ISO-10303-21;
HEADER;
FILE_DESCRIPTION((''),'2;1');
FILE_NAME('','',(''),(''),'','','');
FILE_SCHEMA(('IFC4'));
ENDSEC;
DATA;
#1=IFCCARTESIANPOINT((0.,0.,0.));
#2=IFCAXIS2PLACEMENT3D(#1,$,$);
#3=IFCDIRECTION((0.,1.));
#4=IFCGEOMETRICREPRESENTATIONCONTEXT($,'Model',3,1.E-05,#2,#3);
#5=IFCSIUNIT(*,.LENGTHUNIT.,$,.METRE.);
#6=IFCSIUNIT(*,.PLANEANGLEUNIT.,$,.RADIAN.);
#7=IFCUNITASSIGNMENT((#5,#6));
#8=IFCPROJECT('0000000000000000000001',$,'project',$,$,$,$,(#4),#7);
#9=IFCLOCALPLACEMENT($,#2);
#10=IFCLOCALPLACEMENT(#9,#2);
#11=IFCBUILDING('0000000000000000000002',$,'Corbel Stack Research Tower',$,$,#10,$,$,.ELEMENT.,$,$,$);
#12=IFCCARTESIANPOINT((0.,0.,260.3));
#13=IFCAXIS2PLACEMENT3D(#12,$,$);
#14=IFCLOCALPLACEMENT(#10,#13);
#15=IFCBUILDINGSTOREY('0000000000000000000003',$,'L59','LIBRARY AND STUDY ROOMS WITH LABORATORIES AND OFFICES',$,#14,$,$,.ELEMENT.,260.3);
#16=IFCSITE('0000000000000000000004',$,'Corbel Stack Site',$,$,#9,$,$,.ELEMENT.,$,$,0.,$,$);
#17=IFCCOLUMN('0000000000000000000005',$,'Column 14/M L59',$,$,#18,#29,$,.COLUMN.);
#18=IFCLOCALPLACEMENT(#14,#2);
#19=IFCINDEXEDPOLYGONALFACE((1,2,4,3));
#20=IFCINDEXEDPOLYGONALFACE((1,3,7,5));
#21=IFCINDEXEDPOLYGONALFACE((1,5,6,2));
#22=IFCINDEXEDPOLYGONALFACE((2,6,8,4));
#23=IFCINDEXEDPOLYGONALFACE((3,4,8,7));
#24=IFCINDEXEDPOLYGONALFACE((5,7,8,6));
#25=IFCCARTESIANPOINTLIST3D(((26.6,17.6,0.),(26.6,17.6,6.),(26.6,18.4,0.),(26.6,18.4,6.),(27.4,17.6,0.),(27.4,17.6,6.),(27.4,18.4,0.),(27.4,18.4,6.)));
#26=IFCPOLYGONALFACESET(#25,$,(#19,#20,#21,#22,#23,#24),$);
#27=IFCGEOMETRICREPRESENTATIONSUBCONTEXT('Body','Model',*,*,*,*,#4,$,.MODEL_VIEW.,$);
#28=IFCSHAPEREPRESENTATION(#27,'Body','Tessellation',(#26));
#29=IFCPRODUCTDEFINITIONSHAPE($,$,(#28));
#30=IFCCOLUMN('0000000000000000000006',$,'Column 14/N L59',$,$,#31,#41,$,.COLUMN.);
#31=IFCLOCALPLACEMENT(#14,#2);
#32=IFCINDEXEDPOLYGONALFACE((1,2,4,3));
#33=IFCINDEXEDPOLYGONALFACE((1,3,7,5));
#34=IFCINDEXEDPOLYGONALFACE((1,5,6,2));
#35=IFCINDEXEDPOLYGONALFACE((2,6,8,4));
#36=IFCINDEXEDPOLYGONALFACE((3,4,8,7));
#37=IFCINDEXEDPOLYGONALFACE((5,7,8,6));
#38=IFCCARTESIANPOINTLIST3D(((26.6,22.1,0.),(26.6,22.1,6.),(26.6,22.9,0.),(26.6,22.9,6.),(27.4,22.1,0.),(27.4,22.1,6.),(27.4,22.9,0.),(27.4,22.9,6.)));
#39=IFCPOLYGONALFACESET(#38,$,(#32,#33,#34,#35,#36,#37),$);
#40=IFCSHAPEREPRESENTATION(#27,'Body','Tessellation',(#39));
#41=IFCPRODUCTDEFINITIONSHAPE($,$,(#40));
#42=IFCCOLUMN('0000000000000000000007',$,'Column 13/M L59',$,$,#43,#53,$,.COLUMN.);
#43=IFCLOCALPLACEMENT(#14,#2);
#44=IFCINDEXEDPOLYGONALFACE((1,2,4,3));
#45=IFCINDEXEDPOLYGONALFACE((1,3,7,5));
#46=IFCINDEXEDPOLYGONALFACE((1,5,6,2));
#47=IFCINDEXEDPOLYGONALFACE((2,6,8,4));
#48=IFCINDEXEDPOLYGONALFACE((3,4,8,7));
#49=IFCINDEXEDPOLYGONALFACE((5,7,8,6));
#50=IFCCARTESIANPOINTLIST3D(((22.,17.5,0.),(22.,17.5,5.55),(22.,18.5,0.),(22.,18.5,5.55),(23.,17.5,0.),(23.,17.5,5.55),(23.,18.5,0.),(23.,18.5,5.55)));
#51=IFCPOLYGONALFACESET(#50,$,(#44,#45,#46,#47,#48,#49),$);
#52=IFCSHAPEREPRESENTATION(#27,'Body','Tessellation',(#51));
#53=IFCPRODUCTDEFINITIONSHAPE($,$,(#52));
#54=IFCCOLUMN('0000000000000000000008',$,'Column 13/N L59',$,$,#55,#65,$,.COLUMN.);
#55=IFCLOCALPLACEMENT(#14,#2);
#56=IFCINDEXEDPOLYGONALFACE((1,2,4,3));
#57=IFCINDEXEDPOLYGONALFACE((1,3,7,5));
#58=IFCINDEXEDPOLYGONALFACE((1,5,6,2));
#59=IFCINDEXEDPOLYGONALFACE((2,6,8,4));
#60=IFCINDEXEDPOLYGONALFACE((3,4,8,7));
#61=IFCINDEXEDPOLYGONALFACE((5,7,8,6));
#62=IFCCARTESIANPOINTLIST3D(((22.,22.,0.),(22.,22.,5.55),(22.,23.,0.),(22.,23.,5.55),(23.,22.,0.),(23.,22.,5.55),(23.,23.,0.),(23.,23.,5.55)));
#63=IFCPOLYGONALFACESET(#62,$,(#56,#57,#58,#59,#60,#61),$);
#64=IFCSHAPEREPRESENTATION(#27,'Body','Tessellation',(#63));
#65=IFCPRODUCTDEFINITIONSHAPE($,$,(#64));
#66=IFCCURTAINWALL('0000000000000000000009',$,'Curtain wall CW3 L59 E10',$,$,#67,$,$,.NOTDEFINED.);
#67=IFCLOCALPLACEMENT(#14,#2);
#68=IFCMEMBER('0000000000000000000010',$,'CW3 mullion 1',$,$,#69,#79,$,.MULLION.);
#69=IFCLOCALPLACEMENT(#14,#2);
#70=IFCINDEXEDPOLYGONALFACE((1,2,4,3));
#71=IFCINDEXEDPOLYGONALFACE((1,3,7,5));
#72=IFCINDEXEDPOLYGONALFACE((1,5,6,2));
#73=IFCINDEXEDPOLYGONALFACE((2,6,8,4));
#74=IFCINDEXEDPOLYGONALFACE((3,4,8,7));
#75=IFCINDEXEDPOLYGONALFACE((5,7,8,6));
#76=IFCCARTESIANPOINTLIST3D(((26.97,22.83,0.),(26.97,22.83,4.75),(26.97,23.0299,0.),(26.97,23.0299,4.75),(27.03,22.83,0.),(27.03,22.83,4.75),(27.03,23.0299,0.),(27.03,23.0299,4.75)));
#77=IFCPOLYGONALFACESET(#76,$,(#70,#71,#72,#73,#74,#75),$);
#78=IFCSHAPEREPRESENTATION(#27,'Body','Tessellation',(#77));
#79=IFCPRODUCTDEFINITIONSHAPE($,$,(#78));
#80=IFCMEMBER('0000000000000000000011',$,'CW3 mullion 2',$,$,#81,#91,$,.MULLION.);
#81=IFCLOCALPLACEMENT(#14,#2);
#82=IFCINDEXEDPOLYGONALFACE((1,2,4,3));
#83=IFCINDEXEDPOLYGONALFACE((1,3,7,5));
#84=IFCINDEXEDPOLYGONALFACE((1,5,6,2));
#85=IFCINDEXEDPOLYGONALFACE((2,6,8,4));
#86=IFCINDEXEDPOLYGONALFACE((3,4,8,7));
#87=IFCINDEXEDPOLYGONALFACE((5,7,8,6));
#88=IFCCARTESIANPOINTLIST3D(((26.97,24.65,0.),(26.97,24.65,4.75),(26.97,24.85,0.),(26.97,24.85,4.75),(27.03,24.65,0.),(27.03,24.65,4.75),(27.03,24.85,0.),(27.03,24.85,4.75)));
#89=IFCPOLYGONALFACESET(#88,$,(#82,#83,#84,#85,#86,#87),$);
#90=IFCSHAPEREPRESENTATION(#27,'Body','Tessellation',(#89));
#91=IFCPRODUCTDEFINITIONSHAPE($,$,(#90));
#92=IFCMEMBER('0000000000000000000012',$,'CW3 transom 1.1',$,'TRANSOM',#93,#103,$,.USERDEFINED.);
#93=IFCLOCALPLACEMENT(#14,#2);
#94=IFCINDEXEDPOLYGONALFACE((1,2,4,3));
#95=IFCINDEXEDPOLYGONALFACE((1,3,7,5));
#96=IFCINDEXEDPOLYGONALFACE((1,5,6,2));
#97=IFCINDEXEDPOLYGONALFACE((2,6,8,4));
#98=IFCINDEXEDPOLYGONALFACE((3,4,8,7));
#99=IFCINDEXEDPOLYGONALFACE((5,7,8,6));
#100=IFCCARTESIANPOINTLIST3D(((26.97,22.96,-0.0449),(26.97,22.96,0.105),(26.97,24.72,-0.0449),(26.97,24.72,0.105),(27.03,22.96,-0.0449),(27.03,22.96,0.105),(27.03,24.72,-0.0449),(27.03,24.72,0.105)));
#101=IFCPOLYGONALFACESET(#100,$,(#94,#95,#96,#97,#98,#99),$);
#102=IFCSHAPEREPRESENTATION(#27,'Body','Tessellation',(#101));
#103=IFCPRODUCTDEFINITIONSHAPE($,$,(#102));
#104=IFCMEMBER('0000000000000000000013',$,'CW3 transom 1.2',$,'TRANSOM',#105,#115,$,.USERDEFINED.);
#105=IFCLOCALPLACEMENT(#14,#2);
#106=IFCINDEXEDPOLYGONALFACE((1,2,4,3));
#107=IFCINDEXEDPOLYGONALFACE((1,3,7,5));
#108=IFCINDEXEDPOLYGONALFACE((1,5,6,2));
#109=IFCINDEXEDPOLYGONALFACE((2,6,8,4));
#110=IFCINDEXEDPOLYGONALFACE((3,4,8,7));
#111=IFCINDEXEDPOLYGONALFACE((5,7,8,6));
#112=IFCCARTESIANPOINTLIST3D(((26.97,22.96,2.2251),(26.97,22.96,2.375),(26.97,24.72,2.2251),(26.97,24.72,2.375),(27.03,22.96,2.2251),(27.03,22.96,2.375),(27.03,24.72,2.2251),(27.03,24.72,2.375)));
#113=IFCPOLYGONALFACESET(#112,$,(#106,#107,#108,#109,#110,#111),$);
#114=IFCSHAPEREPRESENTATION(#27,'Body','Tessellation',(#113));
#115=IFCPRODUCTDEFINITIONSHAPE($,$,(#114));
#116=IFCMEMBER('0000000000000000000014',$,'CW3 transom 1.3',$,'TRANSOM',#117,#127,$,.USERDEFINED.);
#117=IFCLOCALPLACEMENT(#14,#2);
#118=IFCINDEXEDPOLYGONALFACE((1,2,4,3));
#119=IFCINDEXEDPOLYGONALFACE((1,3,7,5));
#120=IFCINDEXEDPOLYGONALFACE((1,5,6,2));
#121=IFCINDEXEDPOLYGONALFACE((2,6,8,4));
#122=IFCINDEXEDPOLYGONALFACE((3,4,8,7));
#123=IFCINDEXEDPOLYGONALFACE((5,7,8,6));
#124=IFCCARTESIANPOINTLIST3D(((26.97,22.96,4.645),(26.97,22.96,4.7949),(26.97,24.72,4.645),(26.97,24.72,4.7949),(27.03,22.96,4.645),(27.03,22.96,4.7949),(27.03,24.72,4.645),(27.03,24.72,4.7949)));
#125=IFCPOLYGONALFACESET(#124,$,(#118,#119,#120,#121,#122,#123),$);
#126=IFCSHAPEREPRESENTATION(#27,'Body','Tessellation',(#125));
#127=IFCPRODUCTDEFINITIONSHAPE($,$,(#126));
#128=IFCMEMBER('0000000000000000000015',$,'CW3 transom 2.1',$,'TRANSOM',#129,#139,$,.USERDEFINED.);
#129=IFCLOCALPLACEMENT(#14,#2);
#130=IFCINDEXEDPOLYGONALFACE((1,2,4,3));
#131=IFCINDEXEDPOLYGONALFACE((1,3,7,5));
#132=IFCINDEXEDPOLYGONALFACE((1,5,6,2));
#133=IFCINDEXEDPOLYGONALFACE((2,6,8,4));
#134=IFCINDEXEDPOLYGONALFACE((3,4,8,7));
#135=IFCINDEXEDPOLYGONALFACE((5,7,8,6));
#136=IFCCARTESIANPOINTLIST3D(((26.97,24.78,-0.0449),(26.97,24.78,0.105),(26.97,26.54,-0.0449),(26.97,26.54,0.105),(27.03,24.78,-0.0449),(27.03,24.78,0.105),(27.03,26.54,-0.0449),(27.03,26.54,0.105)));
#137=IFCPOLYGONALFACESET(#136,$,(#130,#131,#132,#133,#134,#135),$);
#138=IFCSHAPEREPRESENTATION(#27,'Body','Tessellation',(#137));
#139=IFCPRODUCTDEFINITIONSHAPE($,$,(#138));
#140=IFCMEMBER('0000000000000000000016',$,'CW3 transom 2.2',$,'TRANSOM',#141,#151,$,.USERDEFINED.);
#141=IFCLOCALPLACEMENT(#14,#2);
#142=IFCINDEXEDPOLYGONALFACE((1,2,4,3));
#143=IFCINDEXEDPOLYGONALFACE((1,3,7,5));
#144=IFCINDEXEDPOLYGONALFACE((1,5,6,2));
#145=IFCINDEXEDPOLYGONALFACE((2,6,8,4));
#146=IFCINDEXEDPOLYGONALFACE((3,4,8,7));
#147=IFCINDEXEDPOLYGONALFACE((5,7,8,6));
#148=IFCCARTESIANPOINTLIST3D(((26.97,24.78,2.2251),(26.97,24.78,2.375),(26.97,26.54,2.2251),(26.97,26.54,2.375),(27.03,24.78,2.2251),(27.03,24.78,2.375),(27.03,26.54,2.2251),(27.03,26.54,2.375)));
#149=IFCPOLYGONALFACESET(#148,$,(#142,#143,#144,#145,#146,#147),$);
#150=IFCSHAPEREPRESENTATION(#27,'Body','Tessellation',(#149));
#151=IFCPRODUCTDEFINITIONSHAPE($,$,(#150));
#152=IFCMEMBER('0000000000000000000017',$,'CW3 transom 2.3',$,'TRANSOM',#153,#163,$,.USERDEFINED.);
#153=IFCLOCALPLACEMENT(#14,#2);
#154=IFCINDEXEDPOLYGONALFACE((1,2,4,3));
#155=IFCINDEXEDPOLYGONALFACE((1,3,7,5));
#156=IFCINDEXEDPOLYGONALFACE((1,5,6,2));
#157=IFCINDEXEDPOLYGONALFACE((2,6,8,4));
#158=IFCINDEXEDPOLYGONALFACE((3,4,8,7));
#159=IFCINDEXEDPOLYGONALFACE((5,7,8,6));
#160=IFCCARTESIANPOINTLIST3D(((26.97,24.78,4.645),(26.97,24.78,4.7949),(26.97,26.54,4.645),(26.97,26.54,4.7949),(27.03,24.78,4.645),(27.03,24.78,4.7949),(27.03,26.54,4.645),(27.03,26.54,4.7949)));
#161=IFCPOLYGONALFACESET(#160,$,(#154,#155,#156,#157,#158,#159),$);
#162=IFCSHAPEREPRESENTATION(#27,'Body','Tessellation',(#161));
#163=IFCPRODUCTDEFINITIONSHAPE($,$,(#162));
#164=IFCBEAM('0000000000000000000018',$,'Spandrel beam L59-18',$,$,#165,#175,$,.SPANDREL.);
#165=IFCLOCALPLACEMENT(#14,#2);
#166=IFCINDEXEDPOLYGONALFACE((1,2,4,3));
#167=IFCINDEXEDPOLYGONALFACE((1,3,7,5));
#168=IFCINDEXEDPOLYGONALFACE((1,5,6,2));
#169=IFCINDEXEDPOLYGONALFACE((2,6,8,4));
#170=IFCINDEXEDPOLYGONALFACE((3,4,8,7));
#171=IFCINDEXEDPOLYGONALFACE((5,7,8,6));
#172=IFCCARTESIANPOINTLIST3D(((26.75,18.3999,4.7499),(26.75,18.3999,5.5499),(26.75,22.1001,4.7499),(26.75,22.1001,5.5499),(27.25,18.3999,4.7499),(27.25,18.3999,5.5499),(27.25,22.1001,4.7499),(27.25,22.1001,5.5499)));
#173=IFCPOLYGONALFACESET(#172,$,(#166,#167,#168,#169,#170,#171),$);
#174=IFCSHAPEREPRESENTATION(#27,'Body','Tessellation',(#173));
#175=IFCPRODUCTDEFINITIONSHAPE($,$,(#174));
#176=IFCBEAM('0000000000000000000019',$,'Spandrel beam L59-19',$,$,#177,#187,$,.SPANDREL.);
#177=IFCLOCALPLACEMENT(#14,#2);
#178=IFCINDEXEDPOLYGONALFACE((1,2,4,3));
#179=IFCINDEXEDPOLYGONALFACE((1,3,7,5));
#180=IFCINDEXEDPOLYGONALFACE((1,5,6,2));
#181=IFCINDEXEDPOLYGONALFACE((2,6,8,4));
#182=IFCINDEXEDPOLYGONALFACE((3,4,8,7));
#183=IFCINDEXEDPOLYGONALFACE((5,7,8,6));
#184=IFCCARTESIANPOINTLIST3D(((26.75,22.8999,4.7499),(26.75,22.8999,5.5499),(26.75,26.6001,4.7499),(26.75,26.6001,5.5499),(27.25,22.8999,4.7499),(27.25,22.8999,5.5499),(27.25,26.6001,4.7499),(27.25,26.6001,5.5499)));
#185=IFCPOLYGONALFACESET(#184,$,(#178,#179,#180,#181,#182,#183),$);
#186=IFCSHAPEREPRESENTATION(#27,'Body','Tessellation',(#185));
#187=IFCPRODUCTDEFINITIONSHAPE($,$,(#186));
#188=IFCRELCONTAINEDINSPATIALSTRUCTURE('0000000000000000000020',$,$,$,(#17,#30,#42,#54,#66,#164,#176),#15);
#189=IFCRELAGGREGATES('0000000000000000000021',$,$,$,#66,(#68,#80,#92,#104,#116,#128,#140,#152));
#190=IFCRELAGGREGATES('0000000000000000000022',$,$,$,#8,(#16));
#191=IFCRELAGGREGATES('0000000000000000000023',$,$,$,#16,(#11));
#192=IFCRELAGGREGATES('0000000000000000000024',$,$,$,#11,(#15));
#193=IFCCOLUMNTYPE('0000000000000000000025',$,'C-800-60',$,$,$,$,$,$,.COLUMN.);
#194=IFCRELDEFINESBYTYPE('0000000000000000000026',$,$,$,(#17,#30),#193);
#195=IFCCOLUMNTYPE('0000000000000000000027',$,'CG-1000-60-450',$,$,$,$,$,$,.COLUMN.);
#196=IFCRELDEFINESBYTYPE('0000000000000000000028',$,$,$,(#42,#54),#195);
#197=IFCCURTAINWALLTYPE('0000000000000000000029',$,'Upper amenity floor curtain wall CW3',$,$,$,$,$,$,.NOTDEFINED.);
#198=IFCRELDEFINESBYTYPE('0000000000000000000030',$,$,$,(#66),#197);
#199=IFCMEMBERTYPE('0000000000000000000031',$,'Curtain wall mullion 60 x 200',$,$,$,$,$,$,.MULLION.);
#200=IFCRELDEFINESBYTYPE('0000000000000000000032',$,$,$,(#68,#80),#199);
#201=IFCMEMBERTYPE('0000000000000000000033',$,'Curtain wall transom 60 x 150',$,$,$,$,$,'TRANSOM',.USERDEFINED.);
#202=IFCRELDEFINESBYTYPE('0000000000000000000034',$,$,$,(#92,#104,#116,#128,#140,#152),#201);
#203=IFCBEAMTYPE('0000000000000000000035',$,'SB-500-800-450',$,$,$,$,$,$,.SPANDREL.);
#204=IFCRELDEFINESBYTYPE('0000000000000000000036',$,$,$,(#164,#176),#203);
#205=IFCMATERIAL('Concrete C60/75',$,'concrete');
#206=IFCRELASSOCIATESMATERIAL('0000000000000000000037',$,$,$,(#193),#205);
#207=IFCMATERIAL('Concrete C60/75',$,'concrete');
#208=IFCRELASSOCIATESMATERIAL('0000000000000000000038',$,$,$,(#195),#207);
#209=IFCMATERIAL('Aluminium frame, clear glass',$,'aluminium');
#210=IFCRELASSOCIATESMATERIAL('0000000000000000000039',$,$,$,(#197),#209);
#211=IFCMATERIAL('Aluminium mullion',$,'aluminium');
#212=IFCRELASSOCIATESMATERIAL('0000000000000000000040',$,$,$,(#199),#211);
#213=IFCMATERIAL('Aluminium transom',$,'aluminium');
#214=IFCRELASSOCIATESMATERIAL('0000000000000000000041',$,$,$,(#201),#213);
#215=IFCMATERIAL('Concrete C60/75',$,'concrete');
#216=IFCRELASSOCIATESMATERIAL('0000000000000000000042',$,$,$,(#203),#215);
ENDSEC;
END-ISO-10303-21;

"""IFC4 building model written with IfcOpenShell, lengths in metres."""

from ifc_helpers import new_model, si_unit, direction, frame, origin, origin_2d, place, context, subcontext, project, spatial, rectangle, extrude, material, material_profile, profile_set, type_object, element, aggregate, save


model = new_model("IFC4")

# Units and contexts
model_context = context("Model", 3, precision=1e-05, world=origin(), true_north=direction((0.0, 1.0)))
body_context = subcontext(model_context, "Body", "Model", "MODEL_VIEW")
ifc_project = project(units=[si_unit("LENGTHUNIT", "METRE"), si_unit("PLANEANGLEUNIT", "RADIAN")], contexts=[model_context])

# Site, building, storey
site_placement = place(None, origin())
site = spatial("IfcSite", under=ifc_project, at=site_placement, Name="Corbel Stack Site", CompositionType="ELEMENT", RefElevation=0.0)
building_placement = place(site_placement, origin())
building = spatial("IfcBuilding", under=site, at=building_placement, Name="Corbel Stack Research Tower", CompositionType="ELEMENT")
storey_placement = place(building_placement, frame((0.0, 0.0, 260.3)))
storey = spatial("IfcBuildingStorey", under=building, at=storey_placement, Name="L59", Description="LIBRARY AND STUDY ROOMS WITH LABORATORIES AND OFFICES", CompositionType="ELEMENT", Elevation=260.3)

# Columns
ifc_material_1 = material(Name="Concrete C60/75", Category="concrete")
ifc_material_profile_1 = material_profile(ifc_material_1, rectangle(XDim=0.8, YDim=0.8, at=origin_2d()), Name="RC 800 x 800")
ifc_profile_set_1 = profile_set([ifc_material_profile_1], Name="Concrete C60/75")
column_type_1 = type_object("IfcColumnType", Name="C-800-60", PredefinedType="COLUMN", material=ifc_profile_set_1)
for number, where, z_axis, x_axis, name in (
    (1, (27.0, 18.0, 0.0), (0.0, 0.0, 1.0), (1.0, 0.0, 0.0), "Column 14/M L59"),
    (2, (27.0, 22.5, 0.0), (0.0, 0.0, 1.0), (1.0, 0.0, 0.0), "Column 14/N L59"),
):
    element("IfcColumn", number, at=place(storey_placement, frame(where, z_axis=z_axis, x_axis=x_axis)), inside=storey, type_object=column_type_1, Name=name, PredefinedType="COLUMN", context=body_context, shape_type="SweptSolid", body=[
        extrude(rectangle(XDim=0.8, YDim=0.8, at=origin_2d()), origin(), (0.0, 0.0, 1.0), 6.0),
    ])
ifc_material_2 = material(Name="Concrete C60/75", Category="concrete")
ifc_material_profile_2 = material_profile(ifc_material_2, rectangle(XDim=1.0, YDim=1.0, at=origin_2d()), Name="RC 1000 x 1000")
ifc_profile_set_2 = profile_set([ifc_material_profile_2], Name="Concrete C60/75")
column_type_2 = type_object("IfcColumnType", Name="CG-1000-60-450", PredefinedType="COLUMN", material=ifc_profile_set_2)
for number, where, z_axis, x_axis, name in (
    (3, (22.5, 18.0, 0.0), (0.0, 0.0, 1.0), (1.0, 0.0, 0.0), "Column 13/M L59"),
    (4, (22.5, 22.5, 0.0), (0.0, 0.0, 1.0), (1.0, 0.0, 0.0), "Column 13/N L59"),
):
    element("IfcColumn", number, at=place(storey_placement, frame(where, z_axis=z_axis, x_axis=x_axis)), inside=storey, type_object=column_type_2, Name=name, PredefinedType="COLUMN", context=body_context, shape_type="SweptSolid", body=[
        extrude(rectangle(XDim=1.0, YDim=1.0, at=origin_2d()), origin(), (0.0, 0.0, 1.0), 5.55),
    ])

# Curtain wall, members
ifc_material_3 = material(Name="Aluminium frame, clear glass", Category="aluminium")
curtain_wall_type = type_object("IfcCurtainWallType", Name="Upper amenity floor curtain wall CW3", PredefinedType="NOTDEFINED", material=ifc_material_3)
curtain_wall_placement = place(storey_placement, origin())
curtain_wall = element("IfcCurtainWall", 5, at=curtain_wall_placement, inside=storey, type_object=curtain_wall_type, Name="Curtain wall CW3 L59 E10", PredefinedType="NOTDEFINED")
ifc_material_4 = material(Name="Aluminium mullion", Category="aluminium")
ifc_material_profile_3 = material_profile(ifc_material_4, rectangle(XDim=0.0601, YDim=0.2, at=origin_2d()), Name="Mullion 60 x 200")
ifc_profile_set_3 = profile_set([ifc_material_profile_3], Name="Aluminium mullion")
member_type_1 = type_object("IfcMemberType", Name="Curtain wall mullion 60 x 200", PredefinedType="MULLION", material=ifc_profile_set_3)
member_1_placement = place(storey_placement, frame((27.0, 22.9299, 0.0), z_axis=(0.0, 0.0, 1.0), x_axis=(-1.0, 0.0, 0.0)))
member_1 = element("IfcMember", 6, at=member_1_placement, type_object=member_type_1, Name="CW3 mullion 1", PredefinedType="MULLION", context=body_context, shape_type="SweptSolid", body=[
    extrude(rectangle(XDim=0.0601, YDim=0.2, at=origin_2d()), origin(), (0.0, 0.0, 1.0), 4.75),
])
member_2_placement = place(storey_placement, frame((27.0, 24.75, 0.0), z_axis=(0.0, 0.0, 1.0), x_axis=(-1.0, 0.0, 0.0)))
member_2 = element("IfcMember", 7, at=member_2_placement, type_object=member_type_1, Name="CW3 mullion 2", PredefinedType="MULLION", context=body_context, shape_type="SweptSolid", body=[
    extrude(rectangle(XDim=0.0601, YDim=0.2, at=origin_2d()), origin(), (0.0, 0.0, 1.0), 4.75),
])
ifc_material_5 = material(Name="Aluminium transom", Category="aluminium")
ifc_material_profile_4 = material_profile(ifc_material_5, rectangle(XDim=0.0601, YDim=0.1499, at=origin_2d()), Name="Transom 60 x 150")
ifc_profile_set_4 = profile_set([ifc_material_profile_4], Name="Aluminium transom")
member_type_2 = type_object("IfcMemberType", Name="Curtain wall transom 60 x 150", ElementType="TRANSOM", PredefinedType="USERDEFINED", material=ifc_profile_set_4)
member_3_placement = place(storey_placement, frame((27.0, 22.96, 0.03), z_axis=(0.0, 1.0, 0.0), x_axis=(-1.0, 0.0, 0.0)))
member_3 = element("IfcMember", 8, at=member_3_placement, type_object=member_type_2, Name="CW3 transom 1.1", ObjectType="TRANSOM", PredefinedType="USERDEFINED", context=body_context, shape_type="SweptSolid", body=[
    extrude(rectangle(XDim=0.0601, YDim=0.1499, at=origin_2d()), origin(), (0.0, 0.0, 1.0), 1.76),
])
member_4_placement = place(storey_placement, frame((27.0, 22.96, 2.3), z_axis=(0.0, 1.0, 0.0), x_axis=(-1.0, 0.0, 0.0)))
member_4 = element("IfcMember", 9, at=member_4_placement, type_object=member_type_2, Name="CW3 transom 1.2", ObjectType="TRANSOM", PredefinedType="USERDEFINED", context=body_context, shape_type="SweptSolid", body=[
    extrude(rectangle(XDim=0.0601, YDim=0.1499, at=origin_2d()), origin(), (0.0, 0.0, 1.0), 1.76),
])
member_5_placement = place(storey_placement, frame((27.0, 22.96, 4.72), z_axis=(0.0, 1.0, 0.0), x_axis=(-1.0, 0.0, 0.0)))
member_5 = element("IfcMember", 10, at=member_5_placement, type_object=member_type_2, Name="CW3 transom 1.3", ObjectType="TRANSOM", PredefinedType="USERDEFINED", context=body_context, shape_type="SweptSolid", body=[
    extrude(rectangle(XDim=0.0601, YDim=0.1499, at=origin_2d()), origin(), (0.0, 0.0, 1.0), 1.76),
])
member_6_placement = place(storey_placement, frame((27.0, 24.78, 0.03), z_axis=(0.0, 1.0, 0.0), x_axis=(-1.0, 0.0, 0.0)))
member_6 = element("IfcMember", 11, at=member_6_placement, type_object=member_type_2, Name="CW3 transom 2.1", ObjectType="TRANSOM", PredefinedType="USERDEFINED", context=body_context, shape_type="SweptSolid", body=[
    extrude(rectangle(XDim=0.0601, YDim=0.1499, at=origin_2d()), origin(), (0.0, 0.0, 1.0), 1.76),
])
member_7_placement = place(storey_placement, frame((27.0, 24.78, 2.3), z_axis=(0.0, 1.0, 0.0), x_axis=(-1.0, 0.0, 0.0)))
member_7 = element("IfcMember", 12, at=member_7_placement, type_object=member_type_2, Name="CW3 transom 2.2", ObjectType="TRANSOM", PredefinedType="USERDEFINED", context=body_context, shape_type="SweptSolid", body=[
    extrude(rectangle(XDim=0.0601, YDim=0.1499, at=origin_2d()), origin(), (0.0, 0.0, 1.0), 1.76),
])
member_8_placement = place(storey_placement, frame((27.0, 24.78, 4.72), z_axis=(0.0, 1.0, 0.0), x_axis=(-1.0, 0.0, 0.0)))
member_8 = element("IfcMember", 13, at=member_8_placement, type_object=member_type_2, Name="CW3 transom 2.3", ObjectType="TRANSOM", PredefinedType="USERDEFINED", context=body_context, shape_type="SweptSolid", body=[
    extrude(rectangle(XDim=0.0601, YDim=0.1499, at=origin_2d()), origin(), (0.0, 0.0, 1.0), 1.76),
])

# Beams
ifc_material_6 = material(Name="Concrete C60/75", Category="concrete")
ifc_material_profile_5 = material_profile(ifc_material_6, rectangle(XDim=0.5, YDim=0.8, at=origin_2d()), Name="RC 500 x 800")
ifc_profile_set_5 = profile_set([ifc_material_profile_5], Name="Concrete C60/75")
beam_type_1 = type_object("IfcBeamType", Name="SB-500-800-450", PredefinedType="SPANDREL", material=ifc_profile_set_5)
for number, where, z_axis, x_axis, name in (
    (14, (27.0, 18.3999, 5.1499), (0.0, 1.0, 0.0), (-1.0, 0.0, 0.0), "Spandrel beam L59-18"),
    (15, (27.0, 22.8999, 5.1499), (0.0, 1.0, 0.0), (-1.0, 0.0, 0.0), "Spandrel beam L59-19"),
):
    element("IfcBeam", number, at=place(storey_placement, frame(where, z_axis=z_axis, x_axis=x_axis)), inside=storey, type_object=beam_type_1, Name=name, PredefinedType="SPANDREL", context=body_context, shape_type="SweptSolid", body=[
        extrude(rectangle(XDim=0.5, YDim=0.8, at=origin_2d()), origin(), (0.0, 0.0, 1.0), 3.7002),
    ])

aggregate(curtain_wall, [member_1, member_2, member_3, member_4, member_5, member_6, member_7, member_8])

save(model, "model.ifc")
